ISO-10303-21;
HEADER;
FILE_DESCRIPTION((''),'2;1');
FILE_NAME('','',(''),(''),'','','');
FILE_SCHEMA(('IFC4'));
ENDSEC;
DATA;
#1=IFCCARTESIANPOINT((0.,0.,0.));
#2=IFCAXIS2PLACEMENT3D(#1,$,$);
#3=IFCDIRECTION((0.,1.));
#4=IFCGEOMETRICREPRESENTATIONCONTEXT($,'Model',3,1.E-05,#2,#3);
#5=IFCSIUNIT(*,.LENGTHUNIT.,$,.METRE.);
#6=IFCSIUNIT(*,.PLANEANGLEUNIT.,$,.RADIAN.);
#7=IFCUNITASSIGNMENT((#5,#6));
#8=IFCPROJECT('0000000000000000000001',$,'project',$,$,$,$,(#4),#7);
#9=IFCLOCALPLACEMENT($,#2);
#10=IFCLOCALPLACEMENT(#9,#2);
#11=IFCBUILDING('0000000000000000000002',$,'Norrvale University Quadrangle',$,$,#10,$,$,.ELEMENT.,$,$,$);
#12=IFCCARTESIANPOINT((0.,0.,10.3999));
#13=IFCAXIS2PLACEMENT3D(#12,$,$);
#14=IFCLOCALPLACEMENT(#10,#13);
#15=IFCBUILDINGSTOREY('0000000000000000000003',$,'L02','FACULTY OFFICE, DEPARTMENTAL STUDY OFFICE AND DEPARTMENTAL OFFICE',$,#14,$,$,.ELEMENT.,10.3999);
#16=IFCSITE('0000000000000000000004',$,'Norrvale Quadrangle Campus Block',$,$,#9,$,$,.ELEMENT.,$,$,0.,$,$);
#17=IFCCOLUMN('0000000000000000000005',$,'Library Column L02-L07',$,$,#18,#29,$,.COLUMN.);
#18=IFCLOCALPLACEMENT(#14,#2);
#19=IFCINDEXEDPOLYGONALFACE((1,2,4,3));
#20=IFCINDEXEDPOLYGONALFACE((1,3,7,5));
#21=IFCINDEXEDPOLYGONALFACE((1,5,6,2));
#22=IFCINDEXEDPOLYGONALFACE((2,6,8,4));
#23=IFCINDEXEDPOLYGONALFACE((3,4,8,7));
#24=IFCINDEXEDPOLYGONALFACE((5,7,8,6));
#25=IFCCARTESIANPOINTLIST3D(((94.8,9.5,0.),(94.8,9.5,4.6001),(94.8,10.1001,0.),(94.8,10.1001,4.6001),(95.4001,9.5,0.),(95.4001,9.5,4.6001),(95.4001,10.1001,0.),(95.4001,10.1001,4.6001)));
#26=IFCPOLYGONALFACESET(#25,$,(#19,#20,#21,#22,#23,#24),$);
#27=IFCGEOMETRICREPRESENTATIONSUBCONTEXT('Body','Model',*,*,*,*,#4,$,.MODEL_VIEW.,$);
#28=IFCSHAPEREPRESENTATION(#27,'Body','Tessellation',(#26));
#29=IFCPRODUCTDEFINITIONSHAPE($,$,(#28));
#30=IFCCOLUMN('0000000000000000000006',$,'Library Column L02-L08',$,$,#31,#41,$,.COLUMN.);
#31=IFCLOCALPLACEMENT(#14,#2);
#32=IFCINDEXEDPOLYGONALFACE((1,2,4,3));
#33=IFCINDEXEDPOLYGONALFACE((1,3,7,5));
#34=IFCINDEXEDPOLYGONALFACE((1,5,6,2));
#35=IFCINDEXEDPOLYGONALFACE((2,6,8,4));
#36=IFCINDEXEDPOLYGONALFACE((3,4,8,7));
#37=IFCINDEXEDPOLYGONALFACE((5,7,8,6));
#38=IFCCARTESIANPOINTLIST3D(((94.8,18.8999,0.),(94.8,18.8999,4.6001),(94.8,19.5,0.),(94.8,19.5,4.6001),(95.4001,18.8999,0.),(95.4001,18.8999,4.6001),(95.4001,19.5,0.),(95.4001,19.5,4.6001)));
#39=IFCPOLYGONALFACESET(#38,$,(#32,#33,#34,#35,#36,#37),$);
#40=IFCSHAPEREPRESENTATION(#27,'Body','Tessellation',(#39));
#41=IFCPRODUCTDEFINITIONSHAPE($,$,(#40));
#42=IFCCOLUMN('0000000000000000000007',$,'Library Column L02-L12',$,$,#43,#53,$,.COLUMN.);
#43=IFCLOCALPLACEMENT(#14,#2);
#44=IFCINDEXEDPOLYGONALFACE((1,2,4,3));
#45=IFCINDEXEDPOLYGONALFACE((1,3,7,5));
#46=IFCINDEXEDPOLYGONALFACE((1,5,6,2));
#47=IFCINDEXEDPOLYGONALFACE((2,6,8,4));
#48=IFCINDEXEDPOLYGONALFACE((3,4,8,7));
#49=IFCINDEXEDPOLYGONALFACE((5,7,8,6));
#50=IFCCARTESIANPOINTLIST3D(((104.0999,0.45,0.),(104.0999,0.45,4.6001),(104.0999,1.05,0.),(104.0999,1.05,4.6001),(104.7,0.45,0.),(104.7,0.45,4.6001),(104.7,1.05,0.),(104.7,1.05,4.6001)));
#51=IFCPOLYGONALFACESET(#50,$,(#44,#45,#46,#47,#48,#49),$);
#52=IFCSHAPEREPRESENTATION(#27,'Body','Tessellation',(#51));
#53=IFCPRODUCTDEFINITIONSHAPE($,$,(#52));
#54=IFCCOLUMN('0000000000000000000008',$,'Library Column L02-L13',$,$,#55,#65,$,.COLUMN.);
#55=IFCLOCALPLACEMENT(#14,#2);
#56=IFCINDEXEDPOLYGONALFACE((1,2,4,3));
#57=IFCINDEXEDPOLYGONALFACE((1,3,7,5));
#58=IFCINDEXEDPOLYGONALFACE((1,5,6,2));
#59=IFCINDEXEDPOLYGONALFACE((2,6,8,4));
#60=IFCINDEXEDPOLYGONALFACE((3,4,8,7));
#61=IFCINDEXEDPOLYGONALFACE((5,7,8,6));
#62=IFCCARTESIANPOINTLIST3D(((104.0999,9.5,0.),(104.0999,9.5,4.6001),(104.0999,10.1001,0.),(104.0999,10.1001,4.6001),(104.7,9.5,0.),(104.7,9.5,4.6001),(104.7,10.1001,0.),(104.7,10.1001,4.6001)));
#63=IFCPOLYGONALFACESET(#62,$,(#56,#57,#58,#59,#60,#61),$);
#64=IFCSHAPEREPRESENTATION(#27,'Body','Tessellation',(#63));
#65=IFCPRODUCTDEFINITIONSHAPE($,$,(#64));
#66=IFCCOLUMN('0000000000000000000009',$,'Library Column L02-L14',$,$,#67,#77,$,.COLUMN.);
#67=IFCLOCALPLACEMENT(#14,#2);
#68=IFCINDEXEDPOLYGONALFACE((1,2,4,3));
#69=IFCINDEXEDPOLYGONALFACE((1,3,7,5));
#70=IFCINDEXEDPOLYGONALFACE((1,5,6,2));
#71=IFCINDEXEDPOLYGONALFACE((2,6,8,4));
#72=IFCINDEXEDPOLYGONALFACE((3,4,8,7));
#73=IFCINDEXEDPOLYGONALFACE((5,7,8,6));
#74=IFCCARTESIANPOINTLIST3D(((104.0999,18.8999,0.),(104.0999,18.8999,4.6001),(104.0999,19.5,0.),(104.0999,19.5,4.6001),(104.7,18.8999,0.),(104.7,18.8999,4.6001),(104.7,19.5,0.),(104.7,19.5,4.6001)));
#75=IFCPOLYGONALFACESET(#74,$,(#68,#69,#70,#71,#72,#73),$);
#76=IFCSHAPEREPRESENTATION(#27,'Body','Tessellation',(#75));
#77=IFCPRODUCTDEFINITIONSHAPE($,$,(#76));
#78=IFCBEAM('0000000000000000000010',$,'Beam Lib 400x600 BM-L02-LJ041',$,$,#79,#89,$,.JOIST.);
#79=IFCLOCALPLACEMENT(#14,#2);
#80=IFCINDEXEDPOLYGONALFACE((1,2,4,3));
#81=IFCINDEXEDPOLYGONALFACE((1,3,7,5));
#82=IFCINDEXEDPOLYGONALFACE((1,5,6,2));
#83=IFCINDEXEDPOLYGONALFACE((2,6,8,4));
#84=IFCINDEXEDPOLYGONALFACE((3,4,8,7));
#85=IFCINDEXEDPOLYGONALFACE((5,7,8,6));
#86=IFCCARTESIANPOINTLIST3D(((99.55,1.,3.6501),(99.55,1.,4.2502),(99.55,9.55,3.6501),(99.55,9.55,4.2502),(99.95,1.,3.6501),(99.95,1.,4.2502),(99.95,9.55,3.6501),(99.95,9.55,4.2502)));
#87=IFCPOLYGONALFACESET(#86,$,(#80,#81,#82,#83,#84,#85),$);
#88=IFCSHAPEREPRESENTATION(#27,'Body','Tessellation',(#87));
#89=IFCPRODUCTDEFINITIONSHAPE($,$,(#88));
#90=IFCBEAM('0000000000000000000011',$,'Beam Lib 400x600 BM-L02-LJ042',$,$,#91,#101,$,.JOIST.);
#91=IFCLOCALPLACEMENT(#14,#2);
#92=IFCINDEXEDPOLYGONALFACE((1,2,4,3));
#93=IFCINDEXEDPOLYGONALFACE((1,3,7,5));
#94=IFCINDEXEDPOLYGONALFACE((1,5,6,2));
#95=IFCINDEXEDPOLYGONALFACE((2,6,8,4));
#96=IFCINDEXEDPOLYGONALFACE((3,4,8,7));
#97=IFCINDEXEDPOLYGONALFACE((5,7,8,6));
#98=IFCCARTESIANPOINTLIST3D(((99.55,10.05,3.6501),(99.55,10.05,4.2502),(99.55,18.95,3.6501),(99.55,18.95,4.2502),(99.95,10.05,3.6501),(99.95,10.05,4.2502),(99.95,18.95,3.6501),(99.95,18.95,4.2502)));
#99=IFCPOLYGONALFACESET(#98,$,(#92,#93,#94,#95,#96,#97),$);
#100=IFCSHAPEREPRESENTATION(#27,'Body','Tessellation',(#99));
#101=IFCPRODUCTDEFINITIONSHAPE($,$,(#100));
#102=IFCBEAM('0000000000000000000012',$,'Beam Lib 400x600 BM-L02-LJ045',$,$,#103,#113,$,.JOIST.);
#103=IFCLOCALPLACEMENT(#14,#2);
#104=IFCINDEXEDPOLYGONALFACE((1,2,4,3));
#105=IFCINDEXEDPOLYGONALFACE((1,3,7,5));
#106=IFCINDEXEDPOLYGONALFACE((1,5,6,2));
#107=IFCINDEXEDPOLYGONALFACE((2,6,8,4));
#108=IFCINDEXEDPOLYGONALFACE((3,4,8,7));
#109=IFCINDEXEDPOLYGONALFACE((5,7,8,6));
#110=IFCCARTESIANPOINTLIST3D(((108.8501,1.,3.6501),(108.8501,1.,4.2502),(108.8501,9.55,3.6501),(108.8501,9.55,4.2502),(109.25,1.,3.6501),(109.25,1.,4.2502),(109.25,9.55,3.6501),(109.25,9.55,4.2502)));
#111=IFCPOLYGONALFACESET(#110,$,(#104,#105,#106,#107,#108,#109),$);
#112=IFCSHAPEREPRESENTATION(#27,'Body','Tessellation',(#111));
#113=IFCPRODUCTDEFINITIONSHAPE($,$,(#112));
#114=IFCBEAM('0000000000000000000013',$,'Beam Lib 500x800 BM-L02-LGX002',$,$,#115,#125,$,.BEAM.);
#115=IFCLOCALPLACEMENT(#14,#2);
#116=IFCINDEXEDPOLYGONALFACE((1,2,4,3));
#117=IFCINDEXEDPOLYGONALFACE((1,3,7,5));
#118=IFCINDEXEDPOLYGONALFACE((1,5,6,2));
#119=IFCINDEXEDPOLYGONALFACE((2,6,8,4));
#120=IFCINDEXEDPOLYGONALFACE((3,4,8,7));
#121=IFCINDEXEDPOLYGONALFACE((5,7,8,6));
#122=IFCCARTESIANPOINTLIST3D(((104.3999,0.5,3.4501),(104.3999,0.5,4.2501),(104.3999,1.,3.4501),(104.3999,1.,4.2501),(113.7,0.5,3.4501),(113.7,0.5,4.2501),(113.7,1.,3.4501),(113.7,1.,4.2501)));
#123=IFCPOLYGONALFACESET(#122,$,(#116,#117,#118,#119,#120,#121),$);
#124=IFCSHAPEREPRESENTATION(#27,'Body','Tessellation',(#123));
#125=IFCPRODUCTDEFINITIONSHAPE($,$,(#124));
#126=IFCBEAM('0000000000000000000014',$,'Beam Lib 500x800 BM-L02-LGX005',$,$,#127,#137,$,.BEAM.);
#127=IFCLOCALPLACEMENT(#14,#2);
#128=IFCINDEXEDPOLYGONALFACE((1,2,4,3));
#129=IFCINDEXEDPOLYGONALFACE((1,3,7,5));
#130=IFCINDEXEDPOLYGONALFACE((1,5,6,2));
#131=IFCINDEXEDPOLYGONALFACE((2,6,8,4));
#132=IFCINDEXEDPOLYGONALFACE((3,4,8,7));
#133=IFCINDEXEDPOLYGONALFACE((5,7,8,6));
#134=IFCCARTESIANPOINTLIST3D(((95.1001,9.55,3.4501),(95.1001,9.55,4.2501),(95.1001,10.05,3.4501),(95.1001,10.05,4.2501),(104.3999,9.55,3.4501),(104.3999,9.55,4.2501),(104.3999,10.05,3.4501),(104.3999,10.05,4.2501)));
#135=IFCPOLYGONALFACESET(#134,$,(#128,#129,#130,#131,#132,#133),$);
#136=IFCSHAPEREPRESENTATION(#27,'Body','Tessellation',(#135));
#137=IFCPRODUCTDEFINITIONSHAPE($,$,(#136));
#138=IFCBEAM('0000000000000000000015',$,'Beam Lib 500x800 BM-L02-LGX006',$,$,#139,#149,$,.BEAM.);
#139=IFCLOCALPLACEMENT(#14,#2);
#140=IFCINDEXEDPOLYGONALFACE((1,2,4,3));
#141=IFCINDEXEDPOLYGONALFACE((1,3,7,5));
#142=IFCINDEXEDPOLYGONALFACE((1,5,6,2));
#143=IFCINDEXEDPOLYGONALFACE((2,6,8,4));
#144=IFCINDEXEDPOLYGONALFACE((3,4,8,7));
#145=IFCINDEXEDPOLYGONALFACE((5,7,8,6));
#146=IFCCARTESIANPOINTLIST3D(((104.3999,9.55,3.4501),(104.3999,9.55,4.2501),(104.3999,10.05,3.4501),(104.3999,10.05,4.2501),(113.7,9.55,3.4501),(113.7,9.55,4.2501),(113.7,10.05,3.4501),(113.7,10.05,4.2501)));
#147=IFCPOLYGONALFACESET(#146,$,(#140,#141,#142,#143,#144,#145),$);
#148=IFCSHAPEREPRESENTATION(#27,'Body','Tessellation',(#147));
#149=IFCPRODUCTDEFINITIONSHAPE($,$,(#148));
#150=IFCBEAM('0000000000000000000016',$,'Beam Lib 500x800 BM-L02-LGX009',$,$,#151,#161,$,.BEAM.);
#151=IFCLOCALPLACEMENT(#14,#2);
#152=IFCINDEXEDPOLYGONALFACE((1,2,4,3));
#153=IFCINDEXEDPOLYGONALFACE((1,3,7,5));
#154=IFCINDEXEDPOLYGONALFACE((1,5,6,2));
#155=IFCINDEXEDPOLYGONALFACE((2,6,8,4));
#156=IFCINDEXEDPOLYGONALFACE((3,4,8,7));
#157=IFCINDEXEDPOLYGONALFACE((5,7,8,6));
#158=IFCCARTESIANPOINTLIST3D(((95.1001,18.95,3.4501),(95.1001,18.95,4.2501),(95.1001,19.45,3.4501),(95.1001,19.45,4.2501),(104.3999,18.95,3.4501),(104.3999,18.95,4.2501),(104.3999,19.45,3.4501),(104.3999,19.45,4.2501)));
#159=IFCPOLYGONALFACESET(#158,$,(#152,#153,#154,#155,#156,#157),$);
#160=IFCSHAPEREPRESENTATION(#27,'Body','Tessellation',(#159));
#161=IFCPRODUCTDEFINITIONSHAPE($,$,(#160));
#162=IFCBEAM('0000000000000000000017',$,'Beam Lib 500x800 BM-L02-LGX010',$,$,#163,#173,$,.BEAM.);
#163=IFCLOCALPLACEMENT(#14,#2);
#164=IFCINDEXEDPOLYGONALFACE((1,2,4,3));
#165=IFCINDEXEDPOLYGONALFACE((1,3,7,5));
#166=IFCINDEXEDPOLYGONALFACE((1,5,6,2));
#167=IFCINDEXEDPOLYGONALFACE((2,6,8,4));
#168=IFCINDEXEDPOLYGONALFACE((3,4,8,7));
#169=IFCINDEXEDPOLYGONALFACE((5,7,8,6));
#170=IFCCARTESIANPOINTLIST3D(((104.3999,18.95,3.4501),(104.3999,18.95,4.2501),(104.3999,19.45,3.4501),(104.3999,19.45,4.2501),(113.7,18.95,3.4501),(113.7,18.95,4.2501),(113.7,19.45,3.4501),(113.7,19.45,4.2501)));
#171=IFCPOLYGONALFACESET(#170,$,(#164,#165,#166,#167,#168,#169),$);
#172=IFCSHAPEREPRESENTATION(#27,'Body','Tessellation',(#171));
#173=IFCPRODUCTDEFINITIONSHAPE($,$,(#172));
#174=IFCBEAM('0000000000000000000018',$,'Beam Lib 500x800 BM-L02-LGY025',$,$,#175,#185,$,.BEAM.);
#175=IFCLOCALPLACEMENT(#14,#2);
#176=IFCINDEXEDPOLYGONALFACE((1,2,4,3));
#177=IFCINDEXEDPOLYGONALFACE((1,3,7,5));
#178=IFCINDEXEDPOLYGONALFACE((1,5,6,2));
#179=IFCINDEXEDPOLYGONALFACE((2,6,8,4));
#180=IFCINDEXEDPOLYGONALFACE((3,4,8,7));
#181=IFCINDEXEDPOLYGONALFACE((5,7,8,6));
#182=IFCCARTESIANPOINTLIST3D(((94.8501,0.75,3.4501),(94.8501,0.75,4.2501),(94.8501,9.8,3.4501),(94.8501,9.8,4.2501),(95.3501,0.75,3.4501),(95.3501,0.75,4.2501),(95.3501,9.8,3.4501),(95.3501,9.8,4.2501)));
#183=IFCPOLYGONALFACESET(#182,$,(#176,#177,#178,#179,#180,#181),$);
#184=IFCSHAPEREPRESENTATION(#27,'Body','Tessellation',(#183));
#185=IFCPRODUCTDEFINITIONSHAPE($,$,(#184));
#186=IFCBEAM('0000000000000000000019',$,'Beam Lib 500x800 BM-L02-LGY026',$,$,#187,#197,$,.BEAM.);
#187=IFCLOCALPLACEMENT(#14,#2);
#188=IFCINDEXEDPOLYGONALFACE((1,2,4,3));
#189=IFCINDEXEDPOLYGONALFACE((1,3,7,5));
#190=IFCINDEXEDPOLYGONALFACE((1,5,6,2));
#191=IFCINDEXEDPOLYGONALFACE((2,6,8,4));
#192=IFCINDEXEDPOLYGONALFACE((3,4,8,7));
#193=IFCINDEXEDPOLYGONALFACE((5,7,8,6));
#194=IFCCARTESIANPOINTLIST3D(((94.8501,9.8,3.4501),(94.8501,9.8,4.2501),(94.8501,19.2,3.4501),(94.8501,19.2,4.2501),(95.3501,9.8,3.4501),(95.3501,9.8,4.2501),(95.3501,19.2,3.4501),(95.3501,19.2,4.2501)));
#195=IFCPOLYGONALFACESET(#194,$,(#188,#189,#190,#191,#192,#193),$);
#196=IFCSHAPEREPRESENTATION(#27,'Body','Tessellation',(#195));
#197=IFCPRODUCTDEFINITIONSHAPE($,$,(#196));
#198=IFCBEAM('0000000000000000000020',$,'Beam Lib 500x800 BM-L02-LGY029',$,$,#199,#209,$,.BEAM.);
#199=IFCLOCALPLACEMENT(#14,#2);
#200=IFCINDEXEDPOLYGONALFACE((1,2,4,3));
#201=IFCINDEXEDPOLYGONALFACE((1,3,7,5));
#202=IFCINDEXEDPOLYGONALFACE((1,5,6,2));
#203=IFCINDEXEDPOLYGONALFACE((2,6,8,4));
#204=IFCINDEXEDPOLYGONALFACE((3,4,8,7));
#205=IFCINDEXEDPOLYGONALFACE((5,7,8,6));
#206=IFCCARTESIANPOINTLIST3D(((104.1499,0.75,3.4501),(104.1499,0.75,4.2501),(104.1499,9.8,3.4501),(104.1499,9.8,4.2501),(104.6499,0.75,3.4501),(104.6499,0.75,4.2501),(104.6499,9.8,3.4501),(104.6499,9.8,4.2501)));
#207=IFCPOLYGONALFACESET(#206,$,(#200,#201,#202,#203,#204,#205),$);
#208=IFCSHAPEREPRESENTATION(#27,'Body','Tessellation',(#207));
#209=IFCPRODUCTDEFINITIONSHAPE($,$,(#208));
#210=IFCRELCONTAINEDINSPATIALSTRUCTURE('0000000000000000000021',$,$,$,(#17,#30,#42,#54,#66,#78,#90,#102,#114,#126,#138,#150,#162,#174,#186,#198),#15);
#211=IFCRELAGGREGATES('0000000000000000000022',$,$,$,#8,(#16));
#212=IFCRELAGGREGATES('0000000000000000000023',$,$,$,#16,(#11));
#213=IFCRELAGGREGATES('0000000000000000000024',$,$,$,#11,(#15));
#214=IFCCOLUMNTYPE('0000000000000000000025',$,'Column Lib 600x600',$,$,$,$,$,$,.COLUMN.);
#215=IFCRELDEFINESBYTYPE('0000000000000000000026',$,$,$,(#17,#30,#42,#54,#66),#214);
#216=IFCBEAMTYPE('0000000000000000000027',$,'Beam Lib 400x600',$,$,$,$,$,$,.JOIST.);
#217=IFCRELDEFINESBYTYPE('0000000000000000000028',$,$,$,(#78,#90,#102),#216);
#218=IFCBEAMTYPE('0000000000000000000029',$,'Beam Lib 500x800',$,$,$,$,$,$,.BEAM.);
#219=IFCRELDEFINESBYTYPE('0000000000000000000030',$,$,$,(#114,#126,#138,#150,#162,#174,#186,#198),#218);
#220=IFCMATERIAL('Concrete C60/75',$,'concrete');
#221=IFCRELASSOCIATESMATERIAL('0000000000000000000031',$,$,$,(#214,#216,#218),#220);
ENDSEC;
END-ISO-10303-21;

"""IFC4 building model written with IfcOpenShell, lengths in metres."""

from ifc_helpers import new_model, si_unit, direction, frame, origin, origin_2d, place, context, subcontext, project, spatial, rectangle, extrude, material, material_profile, profile_set, type_object, element, save


model = new_model("IFC4")

# Units and contexts
model_context = context("Model", 3, precision=1e-05, world=origin(), true_north=direction((0.0, 1.0)))
body_context = subcontext(model_context, "Body", "Model", "MODEL_VIEW")
ifc_project = project(units=[si_unit("LENGTHUNIT", "METRE"), si_unit("PLANEANGLEUNIT", "RADIAN")], contexts=[model_context])

# Site, building, storey
site_placement = place(None, origin())
site = spatial("IfcSite", under=ifc_project, at=site_placement, Name="Norrvale Quadrangle Campus Block", CompositionType="ELEMENT", RefElevation=0.0)
building_placement = place(site_placement, origin())
building = spatial("IfcBuilding", under=site, at=building_placement, Name="Norrvale University Quadrangle", CompositionType="ELEMENT")
storey_placement = place(building_placement, frame((0.0, 0.0, 10.3999)))
storey = spatial("IfcBuildingStorey", under=building, at=storey_placement, Name="L02", Description="FACULTY OFFICE, DEPARTMENTAL STUDY OFFICE AND DEPARTMENTAL OFFICE", CompositionType="ELEMENT", Elevation=10.3999)

# Columns
ifc_material = material(Name="Concrete C60/75", Category="concrete")
ifc_material_profile_1 = material_profile(ifc_material, rectangle(XDim=0.6001, YDim=0.6001, at=origin_2d()), Name="Concrete C60/75")
ifc_profile_set_1 = profile_set([ifc_material_profile_1], Name="Concrete C60/75")
column_type = type_object("IfcColumnType", Name="Column Lib 600x600", PredefinedType="COLUMN", material=ifc_profile_set_1)
for number, where, z_axis, x_axis, name in (
    (1, (95.1001, 9.8, 0.0), (0.0, 0.0, 1.0), (1.0, 0.0, 0.0), "Library Column L02-L07"),
    (2, (95.1001, 19.2, 0.0), (0.0, 0.0, 1.0), (1.0, 0.0, 0.0), "Library Column L02-L08"),
    (3, (104.3999, 0.75, 0.0), (0.0, 0.0, 1.0), (1.0, 0.0, 0.0), "Library Column L02-L12"),
    (4, (104.3999, 9.8, 0.0), (0.0, 0.0, 1.0), (1.0, 0.0, 0.0), "Library Column L02-L13"),
    (5, (104.3999, 19.2, 0.0), (0.0, 0.0, 1.0), (1.0, 0.0, 0.0), "Library Column L02-L14"),
):
    element("IfcColumn", number, at=place(storey_placement, frame(where, z_axis=z_axis, x_axis=x_axis)), inside=storey, type_object=column_type, Name=name, PredefinedType="COLUMN", context=body_context, shape_type="SweptSolid", body=[
        extrude(rectangle(XDim=0.6001, YDim=0.6001, at=origin_2d()), origin(), (0.0, 0.0, 1.0), 4.6001),
    ])

# Beams
ifc_material_profile_2 = material_profile(ifc_material, rectangle(XDim=0.3999, YDim=0.6001, at=origin_2d()), Name="Concrete C60/75")
ifc_profile_set_2 = profile_set([ifc_material_profile_2], Name="Concrete C60/75")
beam_type_1 = type_object("IfcBeamType", Name="Beam Lib 400x600", PredefinedType="JOIST", material=ifc_profile_set_2)
beam_1_placement = place(storey_placement, frame((99.75, 1.0, 3.9502), z_axis=(0.0, 1.0, 0.0), x_axis=(-1.0, 0.0, 0.0)))
element("IfcBeam", 6, at=beam_1_placement, inside=storey, type_object=beam_type_1, Name="Beam Lib 400x600 BM-L02-LJ041", PredefinedType="JOIST", context=body_context, shape_type="SweptSolid", body=[
    extrude(rectangle(XDim=0.3999, YDim=0.6001, at=origin_2d()), origin(), (0.0, 0.0, 1.0), 8.55),
])
beam_2_placement = place(storey_placement, frame((99.75, 10.05, 3.9502), z_axis=(0.0, 1.0, 0.0), x_axis=(-1.0, 0.0, 0.0)))
element("IfcBeam", 7, at=beam_2_placement, inside=storey, type_object=beam_type_1, Name="Beam Lib 400x600 BM-L02-LJ042", PredefinedType="JOIST", context=body_context, shape_type="SweptSolid", body=[
    extrude(rectangle(XDim=0.3999, YDim=0.6001, at=origin_2d()), origin(), (0.0, 0.0, 1.0), 8.8999),
])
beam_3_placement = place(storey_placement, frame((109.05, 1.0, 3.9502), z_axis=(0.0, 1.0, 0.0), x_axis=(-1.0, 0.0, 0.0)))
element("IfcBeam", 8, at=beam_3_placement, inside=storey, type_object=beam_type_1, Name="Beam Lib 400x600 BM-L02-LJ045", PredefinedType="JOIST", context=body_context, shape_type="SweptSolid", body=[
    extrude(rectangle(XDim=0.3999, YDim=0.6001, at=origin_2d()), origin(), (0.0, 0.0, 1.0), 8.55),
])
ifc_material_profile_3 = material_profile(ifc_material, rectangle(XDim=0.5, YDim=0.8, at=origin_2d()), Name="Concrete C60/75")
ifc_profile_set_3 = profile_set([ifc_material_profile_3], Name="Concrete C60/75")
beam_type_2 = type_object("IfcBeamType", Name="Beam Lib 500x800", PredefinedType="BEAM", material=ifc_profile_set_3)
beam_4_placement = place(storey_placement, frame((104.3999, 0.75, 3.8501), z_axis=(1.0, 0.0, 0.0), x_axis=(0.0, 1.0, 0.0)))
element("IfcBeam", 9, at=beam_4_placement, inside=storey, type_object=beam_type_2, Name="Beam Lib 500x800 BM-L02-LGX002", PredefinedType="BEAM", context=body_context, shape_type="SweptSolid", body=[
    extrude(rectangle(XDim=0.5, YDim=0.8, at=origin_2d()), origin(), (0.0, 0.0, 1.0), 9.3),
])
beam_5_placement = place(storey_placement, frame((95.1001, 9.8, 3.8501), z_axis=(1.0, 0.0, 0.0), x_axis=(0.0, 1.0, 0.0)))
element("IfcBeam", 10, at=beam_5_placement, inside=storey, type_object=beam_type_2, Name="Beam Lib 500x800 BM-L02-LGX005", PredefinedType="BEAM", context=body_context, shape_type="SweptSolid", body=[
    extrude(rectangle(XDim=0.5, YDim=0.8, at=origin_2d()), origin(), (0.0, 0.0, 1.0), 9.2998),
])
beam_6_placement = place(storey_placement, frame((104.3999, 9.8, 3.8501), z_axis=(1.0, 0.0, 0.0), x_axis=(0.0, 1.0, 0.0)))
element("IfcBeam", 11, at=beam_6_placement, inside=storey, type_object=beam_type_2, Name="Beam Lib 500x800 BM-L02-LGX006", PredefinedType="BEAM", context=body_context, shape_type="SweptSolid", body=[
    extrude(rectangle(XDim=0.5, YDim=0.8, at=origin_2d()), origin(), (0.0, 0.0, 1.0), 9.3),
])
beam_7_placement = place(storey_placement, frame((95.1001, 19.2, 3.8501), z_axis=(1.0, 0.0, 0.0), x_axis=(0.0, 1.0, 0.0)))
element("IfcBeam", 12, at=beam_7_placement, inside=storey, type_object=beam_type_2, Name="Beam Lib 500x800 BM-L02-LGX009", PredefinedType="BEAM", context=body_context, shape_type="SweptSolid", body=[
    extrude(rectangle(XDim=0.5, YDim=0.8, at=origin_2d()), origin(), (0.0, 0.0, 1.0), 9.2998),
])
beam_8_placement = place(storey_placement, frame((104.3999, 19.2, 3.8501), z_axis=(1.0, 0.0, 0.0), x_axis=(0.0, 1.0, 0.0)))
element("IfcBeam", 13, at=beam_8_placement, inside=storey, type_object=beam_type_2, Name="Beam Lib 500x800 BM-L02-LGX010", PredefinedType="BEAM", context=body_context, shape_type="SweptSolid", body=[
    extrude(rectangle(XDim=0.5, YDim=0.8, at=origin_2d()), origin(), (0.0, 0.0, 1.0), 9.3),
])
beam_9_placement = place(storey_placement, frame((95.1001, 0.75, 3.8501), z_axis=(0.0, 1.0, 0.0), x_axis=(-1.0, 0.0, 0.0)))
element("IfcBeam", 14, at=beam_9_placement, inside=storey, type_object=beam_type_2, Name="Beam Lib 500x800 BM-L02-LGY025", PredefinedType="BEAM", context=body_context, shape_type="SweptSolid", body=[
    extrude(rectangle(XDim=0.5, YDim=0.8, at=origin_2d()), origin(), (0.0, 0.0, 1.0), 9.05),
])
beam_10_placement = place(storey_placement, frame((95.1001, 9.8, 3.8501), z_axis=(0.0, 1.0, 0.0), x_axis=(-1.0, 0.0, 0.0)))
element("IfcBeam", 15, at=beam_10_placement, inside=storey, type_object=beam_type_2, Name="Beam Lib 500x800 BM-L02-LGY026", PredefinedType="BEAM", context=body_context, shape_type="SweptSolid", body=[
    extrude(rectangle(XDim=0.5, YDim=0.8, at=origin_2d()), origin(), (0.0, 0.0, 1.0), 9.3999),
])
beam_11_placement = place(storey_placement, frame((104.3999, 0.75, 3.8501), z_axis=(0.0, 1.0, 0.0), x_axis=(-1.0, 0.0, 0.0)))
element("IfcBeam", 16, at=beam_11_placement, inside=storey, type_object=beam_type_2, Name="Beam Lib 500x800 BM-L02-LGY029", PredefinedType="BEAM", context=body_context, shape_type="SweptSolid", body=[
    extrude(rectangle(XDim=0.5, YDim=0.8, at=origin_2d()), origin(), (0.0, 0.0, 1.0), 9.05),
])

save(model, "model.ifc")
